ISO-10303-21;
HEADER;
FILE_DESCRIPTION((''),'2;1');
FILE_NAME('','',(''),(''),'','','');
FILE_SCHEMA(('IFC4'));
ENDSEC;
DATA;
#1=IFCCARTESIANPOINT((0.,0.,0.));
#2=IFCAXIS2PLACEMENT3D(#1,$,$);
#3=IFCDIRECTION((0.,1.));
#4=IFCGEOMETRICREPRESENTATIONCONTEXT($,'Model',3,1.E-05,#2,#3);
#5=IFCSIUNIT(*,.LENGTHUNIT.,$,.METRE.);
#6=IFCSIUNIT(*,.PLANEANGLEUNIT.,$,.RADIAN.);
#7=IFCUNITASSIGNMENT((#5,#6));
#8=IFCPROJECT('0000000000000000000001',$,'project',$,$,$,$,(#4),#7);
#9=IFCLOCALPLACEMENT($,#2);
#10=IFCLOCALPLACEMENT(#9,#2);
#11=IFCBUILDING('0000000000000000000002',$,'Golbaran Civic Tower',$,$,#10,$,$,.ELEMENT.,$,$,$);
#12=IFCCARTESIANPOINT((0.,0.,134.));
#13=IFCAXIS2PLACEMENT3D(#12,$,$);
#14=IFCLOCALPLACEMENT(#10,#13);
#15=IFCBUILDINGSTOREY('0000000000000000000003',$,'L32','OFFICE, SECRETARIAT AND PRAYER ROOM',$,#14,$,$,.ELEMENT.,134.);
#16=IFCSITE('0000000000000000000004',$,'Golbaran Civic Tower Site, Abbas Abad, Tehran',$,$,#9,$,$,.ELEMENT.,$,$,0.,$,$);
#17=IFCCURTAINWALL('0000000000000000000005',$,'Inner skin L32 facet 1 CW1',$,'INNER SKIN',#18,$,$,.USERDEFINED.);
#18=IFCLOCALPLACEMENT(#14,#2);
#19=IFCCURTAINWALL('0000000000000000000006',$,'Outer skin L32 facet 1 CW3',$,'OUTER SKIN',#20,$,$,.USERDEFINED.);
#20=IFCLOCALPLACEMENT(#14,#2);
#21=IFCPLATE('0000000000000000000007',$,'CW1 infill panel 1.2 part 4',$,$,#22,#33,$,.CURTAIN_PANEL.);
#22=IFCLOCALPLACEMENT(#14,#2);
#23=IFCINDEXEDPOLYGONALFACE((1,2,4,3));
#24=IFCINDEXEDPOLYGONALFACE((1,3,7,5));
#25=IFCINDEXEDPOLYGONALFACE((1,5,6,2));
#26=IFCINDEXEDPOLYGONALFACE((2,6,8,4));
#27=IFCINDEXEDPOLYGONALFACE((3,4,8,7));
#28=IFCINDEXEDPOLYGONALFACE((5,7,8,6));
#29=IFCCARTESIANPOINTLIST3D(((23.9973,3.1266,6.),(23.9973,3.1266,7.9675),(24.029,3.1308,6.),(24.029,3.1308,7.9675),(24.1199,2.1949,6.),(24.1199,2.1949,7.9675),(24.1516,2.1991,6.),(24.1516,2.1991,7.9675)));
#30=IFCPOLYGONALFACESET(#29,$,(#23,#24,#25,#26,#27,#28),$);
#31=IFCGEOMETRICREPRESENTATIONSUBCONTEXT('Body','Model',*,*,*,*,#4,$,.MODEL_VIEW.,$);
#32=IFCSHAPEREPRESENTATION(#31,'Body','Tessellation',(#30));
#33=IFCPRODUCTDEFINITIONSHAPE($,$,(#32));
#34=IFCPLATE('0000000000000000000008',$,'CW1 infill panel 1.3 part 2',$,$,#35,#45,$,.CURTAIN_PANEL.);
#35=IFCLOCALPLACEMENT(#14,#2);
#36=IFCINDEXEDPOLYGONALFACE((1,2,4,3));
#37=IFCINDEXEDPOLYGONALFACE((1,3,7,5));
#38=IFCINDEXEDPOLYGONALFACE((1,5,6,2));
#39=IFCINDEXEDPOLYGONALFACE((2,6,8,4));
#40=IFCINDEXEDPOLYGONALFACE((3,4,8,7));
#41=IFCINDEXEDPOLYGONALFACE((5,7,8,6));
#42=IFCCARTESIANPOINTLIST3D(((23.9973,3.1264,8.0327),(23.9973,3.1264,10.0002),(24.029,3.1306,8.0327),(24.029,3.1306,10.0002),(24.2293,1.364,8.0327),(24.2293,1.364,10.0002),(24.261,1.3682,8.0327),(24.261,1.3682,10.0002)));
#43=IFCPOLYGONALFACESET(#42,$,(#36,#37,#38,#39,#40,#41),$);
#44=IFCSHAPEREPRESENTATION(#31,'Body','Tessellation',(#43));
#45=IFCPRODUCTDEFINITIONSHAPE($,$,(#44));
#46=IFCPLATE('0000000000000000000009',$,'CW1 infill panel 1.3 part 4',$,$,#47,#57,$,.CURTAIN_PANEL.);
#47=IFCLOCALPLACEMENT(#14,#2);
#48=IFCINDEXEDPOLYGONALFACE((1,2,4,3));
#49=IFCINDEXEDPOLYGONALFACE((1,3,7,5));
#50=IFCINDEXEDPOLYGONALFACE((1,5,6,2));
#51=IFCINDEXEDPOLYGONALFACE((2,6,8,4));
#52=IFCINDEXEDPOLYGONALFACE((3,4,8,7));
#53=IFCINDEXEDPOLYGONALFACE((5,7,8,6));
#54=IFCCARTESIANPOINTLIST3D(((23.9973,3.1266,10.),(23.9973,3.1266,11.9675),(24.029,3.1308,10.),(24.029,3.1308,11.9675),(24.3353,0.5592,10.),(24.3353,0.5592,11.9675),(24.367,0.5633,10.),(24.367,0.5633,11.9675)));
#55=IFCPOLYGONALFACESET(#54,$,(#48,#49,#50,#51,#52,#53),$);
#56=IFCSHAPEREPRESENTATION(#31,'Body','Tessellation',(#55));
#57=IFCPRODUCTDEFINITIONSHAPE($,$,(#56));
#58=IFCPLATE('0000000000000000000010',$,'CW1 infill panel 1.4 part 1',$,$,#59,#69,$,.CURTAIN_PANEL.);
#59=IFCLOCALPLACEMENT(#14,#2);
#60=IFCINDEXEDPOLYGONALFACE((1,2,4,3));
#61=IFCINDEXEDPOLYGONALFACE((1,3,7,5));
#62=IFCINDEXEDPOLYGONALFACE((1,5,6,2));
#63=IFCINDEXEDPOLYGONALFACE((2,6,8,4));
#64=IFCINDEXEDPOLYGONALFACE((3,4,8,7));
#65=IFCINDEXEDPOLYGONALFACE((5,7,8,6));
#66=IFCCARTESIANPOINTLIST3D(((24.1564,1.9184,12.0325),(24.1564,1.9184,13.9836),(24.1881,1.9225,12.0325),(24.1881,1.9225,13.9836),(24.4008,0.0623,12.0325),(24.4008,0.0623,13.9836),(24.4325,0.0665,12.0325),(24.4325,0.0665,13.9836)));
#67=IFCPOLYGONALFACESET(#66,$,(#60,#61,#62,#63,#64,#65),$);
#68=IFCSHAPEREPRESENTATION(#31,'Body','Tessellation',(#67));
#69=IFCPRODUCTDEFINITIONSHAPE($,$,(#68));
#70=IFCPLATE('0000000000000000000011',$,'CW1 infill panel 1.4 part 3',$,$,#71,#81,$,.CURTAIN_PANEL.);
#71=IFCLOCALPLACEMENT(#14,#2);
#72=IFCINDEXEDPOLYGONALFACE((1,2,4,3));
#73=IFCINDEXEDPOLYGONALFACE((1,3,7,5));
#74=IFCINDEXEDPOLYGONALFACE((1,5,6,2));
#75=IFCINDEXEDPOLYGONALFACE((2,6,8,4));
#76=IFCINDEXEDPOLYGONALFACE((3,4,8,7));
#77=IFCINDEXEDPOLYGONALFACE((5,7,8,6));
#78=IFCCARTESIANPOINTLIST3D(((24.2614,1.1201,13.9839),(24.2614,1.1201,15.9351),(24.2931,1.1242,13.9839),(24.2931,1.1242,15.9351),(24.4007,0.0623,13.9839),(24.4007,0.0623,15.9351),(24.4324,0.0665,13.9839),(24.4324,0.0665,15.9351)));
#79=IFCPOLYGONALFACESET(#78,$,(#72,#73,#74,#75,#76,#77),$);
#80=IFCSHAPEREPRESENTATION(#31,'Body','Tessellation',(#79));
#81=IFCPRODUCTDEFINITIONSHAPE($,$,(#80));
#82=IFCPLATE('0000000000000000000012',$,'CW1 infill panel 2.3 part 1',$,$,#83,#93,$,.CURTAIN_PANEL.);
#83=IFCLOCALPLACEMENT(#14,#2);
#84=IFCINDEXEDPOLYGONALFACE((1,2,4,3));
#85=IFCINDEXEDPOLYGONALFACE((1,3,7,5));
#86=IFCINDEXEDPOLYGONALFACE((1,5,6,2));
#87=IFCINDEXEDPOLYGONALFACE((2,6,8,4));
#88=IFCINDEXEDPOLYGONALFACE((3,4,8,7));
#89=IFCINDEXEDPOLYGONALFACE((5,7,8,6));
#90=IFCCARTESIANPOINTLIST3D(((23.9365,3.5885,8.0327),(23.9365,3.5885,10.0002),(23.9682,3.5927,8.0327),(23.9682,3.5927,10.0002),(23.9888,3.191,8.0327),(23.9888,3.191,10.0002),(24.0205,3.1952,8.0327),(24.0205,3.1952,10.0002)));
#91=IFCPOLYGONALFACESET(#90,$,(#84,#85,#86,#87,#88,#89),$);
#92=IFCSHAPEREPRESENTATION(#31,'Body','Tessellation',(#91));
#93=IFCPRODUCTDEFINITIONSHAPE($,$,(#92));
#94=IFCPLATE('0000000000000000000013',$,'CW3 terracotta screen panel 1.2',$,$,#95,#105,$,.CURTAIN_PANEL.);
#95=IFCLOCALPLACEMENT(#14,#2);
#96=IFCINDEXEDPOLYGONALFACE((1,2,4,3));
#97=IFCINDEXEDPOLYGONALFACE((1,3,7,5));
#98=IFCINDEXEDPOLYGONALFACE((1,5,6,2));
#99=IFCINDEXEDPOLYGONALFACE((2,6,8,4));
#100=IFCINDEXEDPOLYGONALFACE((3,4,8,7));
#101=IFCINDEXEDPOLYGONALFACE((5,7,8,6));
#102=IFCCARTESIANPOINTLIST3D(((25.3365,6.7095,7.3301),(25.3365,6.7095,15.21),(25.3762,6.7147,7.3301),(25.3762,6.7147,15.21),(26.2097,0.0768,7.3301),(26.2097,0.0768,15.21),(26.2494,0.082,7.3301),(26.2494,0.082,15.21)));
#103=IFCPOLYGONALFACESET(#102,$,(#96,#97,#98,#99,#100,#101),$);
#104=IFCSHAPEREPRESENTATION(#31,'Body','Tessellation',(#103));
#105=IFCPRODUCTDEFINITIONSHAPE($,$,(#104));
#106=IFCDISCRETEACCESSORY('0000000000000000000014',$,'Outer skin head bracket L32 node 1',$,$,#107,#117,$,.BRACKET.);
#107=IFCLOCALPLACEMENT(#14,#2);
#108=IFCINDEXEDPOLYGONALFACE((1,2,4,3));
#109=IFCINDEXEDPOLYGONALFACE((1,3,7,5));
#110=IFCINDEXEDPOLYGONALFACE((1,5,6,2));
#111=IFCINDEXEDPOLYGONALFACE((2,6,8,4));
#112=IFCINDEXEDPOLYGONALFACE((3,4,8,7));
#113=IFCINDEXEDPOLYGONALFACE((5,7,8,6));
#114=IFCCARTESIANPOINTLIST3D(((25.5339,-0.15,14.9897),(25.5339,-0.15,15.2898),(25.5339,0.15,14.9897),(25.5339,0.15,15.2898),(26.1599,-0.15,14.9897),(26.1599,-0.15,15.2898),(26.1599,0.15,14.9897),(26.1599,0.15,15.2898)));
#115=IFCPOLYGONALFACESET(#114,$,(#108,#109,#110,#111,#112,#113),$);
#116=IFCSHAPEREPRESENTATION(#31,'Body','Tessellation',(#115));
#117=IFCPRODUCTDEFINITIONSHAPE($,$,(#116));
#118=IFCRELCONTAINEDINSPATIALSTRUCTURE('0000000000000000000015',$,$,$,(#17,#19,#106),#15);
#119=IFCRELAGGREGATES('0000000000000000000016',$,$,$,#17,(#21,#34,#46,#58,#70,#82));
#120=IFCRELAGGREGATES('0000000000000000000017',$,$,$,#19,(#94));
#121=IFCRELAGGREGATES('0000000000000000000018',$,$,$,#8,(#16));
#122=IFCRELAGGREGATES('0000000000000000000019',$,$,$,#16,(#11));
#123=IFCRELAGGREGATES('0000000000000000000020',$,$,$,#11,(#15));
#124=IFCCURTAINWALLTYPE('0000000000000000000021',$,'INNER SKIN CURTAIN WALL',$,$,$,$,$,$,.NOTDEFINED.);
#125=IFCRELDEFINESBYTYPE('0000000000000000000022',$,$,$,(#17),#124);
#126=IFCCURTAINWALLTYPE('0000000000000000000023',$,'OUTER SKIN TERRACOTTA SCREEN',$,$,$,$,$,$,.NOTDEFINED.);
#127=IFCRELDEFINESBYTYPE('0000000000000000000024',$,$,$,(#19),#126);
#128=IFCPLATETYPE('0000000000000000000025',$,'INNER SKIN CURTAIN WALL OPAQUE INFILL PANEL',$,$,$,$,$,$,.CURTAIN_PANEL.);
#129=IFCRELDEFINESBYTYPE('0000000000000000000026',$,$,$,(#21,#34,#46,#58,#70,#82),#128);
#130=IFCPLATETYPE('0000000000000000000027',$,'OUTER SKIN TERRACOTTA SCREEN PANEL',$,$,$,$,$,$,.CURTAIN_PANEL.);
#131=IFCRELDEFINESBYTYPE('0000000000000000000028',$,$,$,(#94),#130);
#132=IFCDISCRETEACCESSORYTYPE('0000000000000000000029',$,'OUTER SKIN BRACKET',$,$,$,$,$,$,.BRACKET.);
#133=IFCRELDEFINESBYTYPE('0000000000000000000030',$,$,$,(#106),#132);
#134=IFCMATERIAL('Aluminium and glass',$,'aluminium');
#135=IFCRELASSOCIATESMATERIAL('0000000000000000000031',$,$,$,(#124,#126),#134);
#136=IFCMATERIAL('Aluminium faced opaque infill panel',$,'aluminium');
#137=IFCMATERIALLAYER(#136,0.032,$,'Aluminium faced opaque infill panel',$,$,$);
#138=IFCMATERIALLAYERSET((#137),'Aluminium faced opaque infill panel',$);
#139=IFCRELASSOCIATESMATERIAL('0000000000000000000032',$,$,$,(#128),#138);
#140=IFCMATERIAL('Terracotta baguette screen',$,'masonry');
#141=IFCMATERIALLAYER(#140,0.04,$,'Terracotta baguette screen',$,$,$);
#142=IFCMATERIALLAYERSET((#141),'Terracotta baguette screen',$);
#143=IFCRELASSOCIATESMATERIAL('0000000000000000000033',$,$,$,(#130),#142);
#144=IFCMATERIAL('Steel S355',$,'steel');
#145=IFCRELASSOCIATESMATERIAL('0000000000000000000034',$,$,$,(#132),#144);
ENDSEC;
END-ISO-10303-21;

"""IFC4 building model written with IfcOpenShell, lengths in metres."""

from ifc_helpers import new_model, si_unit, direction, frame, origin, origin_2d, place, context, subcontext, project, spatial, rectangle, extrude, material, layer, layer_set, type_object, element, aggregate, save


model = new_model("IFC4")

# Units and contexts
model_context = context("Model", 3, precision=1e-05, world=origin(), true_north=direction((0.0, 1.0)))
body_context = subcontext(model_context, "Body", "Model", "MODEL_VIEW")
ifc_project = project(units=[si_unit("LENGTHUNIT", "METRE"), si_unit("PLANEANGLEUNIT", "RADIAN")], contexts=[model_context])

# Site, building, storey
site_placement = place(None, origin())
site = spatial("IfcSite", under=ifc_project, at=site_placement, Name="Golbaran Civic Tower Site, Abbas Abad, Tehran", CompositionType="ELEMENT", RefElevation=0.0)
building_placement = place(site_placement, origin())
building = spatial("IfcBuilding", under=site, at=building_placement, Name="Golbaran Civic Tower", CompositionType="ELEMENT")
storey_placement = place(building_placement, frame((0.0, 0.0, 134.0)))
storey = spatial("IfcBuildingStorey", under=building, at=storey_placement, Name="L32", Description="OFFICE, SECRETARIAT AND PRAYER ROOM", CompositionType="ELEMENT", Elevation=134.0)

# Curtain walls
ifc_material_1 = material(Name="Aluminium and glass", Category="aluminium")
curtain_wall_type_1 = type_object("IfcCurtainWallType", Name="INNER SKIN CURTAIN WALL", PredefinedType="NOTDEFINED", material=ifc_material_1)
curtain_wall_1_placement = place(storey_placement, origin())
curtain_wall_1 = element("IfcCurtainWall", 1, at=curtain_wall_1_placement, inside=storey, type_object=curtain_wall_type_1, Name="Inner skin L32 facet 1 CW1", ObjectType="INNER SKIN", PredefinedType="USERDEFINED")
curtain_wall_type_2 = type_object("IfcCurtainWallType", Name="OUTER SKIN TERRACOTTA SCREEN", PredefinedType="NOTDEFINED", material=ifc_material_1)
curtain_wall_2_placement = place(storey_placement, origin())
curtain_wall_2 = element("IfcCurtainWall", 2, at=curtain_wall_2_placement, inside=storey, type_object=curtain_wall_type_2, Name="Outer skin L32 facet 1 CW3", ObjectType="OUTER SKIN", PredefinedType="USERDEFINED")

# Plates
ifc_material_2 = material(Name="Aluminium faced opaque infill panel", Category="aluminium")
ifc_layer_1 = layer(ifc_material_2, 0.032, Name="Aluminium faced opaque infill panel")
ifc_layer_set_1 = layer_set([ifc_layer_1], Name="Aluminium faced opaque infill panel")
plate_type_1 = type_object("IfcPlateType", Name="INNER SKIN CURTAIN WALL OPAQUE INFILL PANEL", PredefinedType="CURTAIN_PANEL", material=ifc_layer_set_1)
plate_1_placement = place(storey_placement, frame((24.0745, 2.6628, 6.0), z_axis=(0.0, 0.0, 1.0), x_axis=(-0.130526, 0.991445, 0.0)))
plate_1 = element("IfcPlate", 3, at=plate_1_placement, type_object=plate_type_1, Name="CW1 infill panel 1.2 part 4", PredefinedType="CURTAIN_PANEL", context=body_context, shape_type="SweptSolid", body=[
    extrude(rectangle(XDim=0.9397, YDim=0.032, at=origin_2d()), origin(), (0.0, 0.0, 1.0), 1.9675),
])
plate_2_placement = place(storey_placement, frame((24.1292, 2.2473, 8.0327), z_axis=(0.0, 0.0, 1.0), x_axis=(-0.130526, 0.991445, 0.0)))
plate_2 = element("IfcPlate", 4, at=plate_2_placement, type_object=plate_type_1, Name="CW1 infill panel 1.3 part 2", PredefinedType="CURTAIN_PANEL", context=body_context, shape_type="SweptSolid", body=[
    extrude(rectangle(XDim=1.7776, YDim=0.032, at=origin_2d()), origin(), (0.0, 0.0, 1.0), 1.9675),
])
plate_3_placement = place(storey_placement, frame((24.1821, 1.845, 10.0), z_axis=(0.0, 0.0, 1.0), x_axis=(-0.130526, 0.991445, 0.0)))
plate_3 = element("IfcPlate", 5, at=plate_3_placement, type_object=plate_type_1, Name="CW1 infill panel 1.3 part 4", PredefinedType="CURTAIN_PANEL", context=body_context, shape_type="SweptSolid", body=[
    extrude(rectangle(XDim=2.5896, YDim=0.032, at=origin_2d()), origin(), (0.0, 0.0, 1.0), 1.9675),
])
plate_4_placement = place(storey_placement, frame((24.2944, 0.9924, 12.0325), z_axis=(0.0, 0.0, 1.0), x_axis=(-0.130526, 0.991445, 0.0)))
plate_4 = element("IfcPlate", 6, at=plate_4_placement, type_object=plate_type_1, Name="CW1 infill panel 1.4 part 1", PredefinedType="CURTAIN_PANEL", context=body_context, shape_type="SweptSolid", body=[
    extrude(rectangle(XDim=1.8721, YDim=0.032, at=origin_2d()), origin(), (0.0, 0.0, 1.0), 1.9512),
])
plate_5_placement = place(storey_placement, frame((24.3469, 0.5933, 13.9839), z_axis=(0.0, 0.0, 1.0), x_axis=(-0.130526, 0.991445, 0.0)))
plate_5 = element("IfcPlate", 7, at=plate_5_placement, type_object=plate_type_1, Name="CW1 infill panel 1.4 part 3", PredefinedType="CURTAIN_PANEL", context=body_context, shape_type="SweptSolid", body=[
    extrude(rectangle(XDim=1.0669, YDim=0.032, at=origin_2d()), origin(), (0.0, 0.0, 1.0), 1.9512),
])
plate_6_placement = place(storey_placement, frame((23.9785, 3.3918, 8.0327), z_axis=(0.0, 0.0, 1.0), x_axis=(-0.130526, 0.991445, 0.0)))
plate_6 = element("IfcPlate", 8, at=plate_6_placement, type_object=plate_type_1, Name="CW1 infill panel 2.3 part 1", PredefinedType="CURTAIN_PANEL", context=body_context, shape_type="SweptSolid", body=[
    extrude(rectangle(XDim=0.4009, YDim=0.032, at=origin_2d()), origin(), (0.0, 0.0, 1.0), 1.9675),
])
aggregate(curtain_wall_1, [plate_1, plate_2, plate_3, plate_4, plate_5, plate_6])
ifc_material_3 = material(Name="Terracotta baguette screen", Category="masonry")
ifc_layer_2 = layer(ifc_material_3, 0.04, Name="Terracotta baguette screen")
ifc_layer_set_2 = layer_set([ifc_layer_2], Name="Terracotta baguette screen")
plate_type_2 = type_object("IfcPlateType", Name="OUTER SKIN TERRACOTTA SCREEN PANEL", PredefinedType="CURTAIN_PANEL", material=ifc_layer_set_2)
plate_7_placement = place(storey_placement, frame((25.793, 3.3958, 7.3301), z_axis=(0.0, 0.0, 1.0), x_axis=(-0.130526, 0.991445, 0.0)))
plate_7 = element("IfcPlate", 9, at=plate_7_placement, type_object=plate_type_2, Name="CW3 terracotta screen panel 1.2", PredefinedType="CURTAIN_PANEL", context=body_context, shape_type="SweptSolid", body=[
    extrude(rectangle(XDim=6.6899, YDim=0.04, at=origin_2d()), origin(), (0.0, 0.0, 1.0), 7.8799),
])
aggregate(curtain_wall_2, [plate_7])

# Discrete accessory
ifc_material_4 = material(Name="Steel S355", Category="steel")
discrete_accessory_type = type_object("IfcDiscreteAccessoryType", Name="OUTER SKIN BRACKET", PredefinedType="BRACKET", material=ifc_material_4)
discrete_accessory_placement = place(storey_placement, frame((25.8469, 0.0, 14.9897), z_axis=(0.0, 0.0, 1.0), x_axis=(1.0, 0.0, 0.0)))
element("IfcDiscreteAccessory", 10, at=discrete_accessory_placement, inside=storey, type_object=discrete_accessory_type, Name="Outer skin head bracket L32 node 1", PredefinedType="BRACKET", context=body_context, shape_type="SweptSolid", body=[
    extrude(rectangle(XDim=0.626, YDim=0.3, at=origin_2d()), origin(), (0.0, 0.0, 1.0), 0.3),
])

save(model, "model.ifc")
